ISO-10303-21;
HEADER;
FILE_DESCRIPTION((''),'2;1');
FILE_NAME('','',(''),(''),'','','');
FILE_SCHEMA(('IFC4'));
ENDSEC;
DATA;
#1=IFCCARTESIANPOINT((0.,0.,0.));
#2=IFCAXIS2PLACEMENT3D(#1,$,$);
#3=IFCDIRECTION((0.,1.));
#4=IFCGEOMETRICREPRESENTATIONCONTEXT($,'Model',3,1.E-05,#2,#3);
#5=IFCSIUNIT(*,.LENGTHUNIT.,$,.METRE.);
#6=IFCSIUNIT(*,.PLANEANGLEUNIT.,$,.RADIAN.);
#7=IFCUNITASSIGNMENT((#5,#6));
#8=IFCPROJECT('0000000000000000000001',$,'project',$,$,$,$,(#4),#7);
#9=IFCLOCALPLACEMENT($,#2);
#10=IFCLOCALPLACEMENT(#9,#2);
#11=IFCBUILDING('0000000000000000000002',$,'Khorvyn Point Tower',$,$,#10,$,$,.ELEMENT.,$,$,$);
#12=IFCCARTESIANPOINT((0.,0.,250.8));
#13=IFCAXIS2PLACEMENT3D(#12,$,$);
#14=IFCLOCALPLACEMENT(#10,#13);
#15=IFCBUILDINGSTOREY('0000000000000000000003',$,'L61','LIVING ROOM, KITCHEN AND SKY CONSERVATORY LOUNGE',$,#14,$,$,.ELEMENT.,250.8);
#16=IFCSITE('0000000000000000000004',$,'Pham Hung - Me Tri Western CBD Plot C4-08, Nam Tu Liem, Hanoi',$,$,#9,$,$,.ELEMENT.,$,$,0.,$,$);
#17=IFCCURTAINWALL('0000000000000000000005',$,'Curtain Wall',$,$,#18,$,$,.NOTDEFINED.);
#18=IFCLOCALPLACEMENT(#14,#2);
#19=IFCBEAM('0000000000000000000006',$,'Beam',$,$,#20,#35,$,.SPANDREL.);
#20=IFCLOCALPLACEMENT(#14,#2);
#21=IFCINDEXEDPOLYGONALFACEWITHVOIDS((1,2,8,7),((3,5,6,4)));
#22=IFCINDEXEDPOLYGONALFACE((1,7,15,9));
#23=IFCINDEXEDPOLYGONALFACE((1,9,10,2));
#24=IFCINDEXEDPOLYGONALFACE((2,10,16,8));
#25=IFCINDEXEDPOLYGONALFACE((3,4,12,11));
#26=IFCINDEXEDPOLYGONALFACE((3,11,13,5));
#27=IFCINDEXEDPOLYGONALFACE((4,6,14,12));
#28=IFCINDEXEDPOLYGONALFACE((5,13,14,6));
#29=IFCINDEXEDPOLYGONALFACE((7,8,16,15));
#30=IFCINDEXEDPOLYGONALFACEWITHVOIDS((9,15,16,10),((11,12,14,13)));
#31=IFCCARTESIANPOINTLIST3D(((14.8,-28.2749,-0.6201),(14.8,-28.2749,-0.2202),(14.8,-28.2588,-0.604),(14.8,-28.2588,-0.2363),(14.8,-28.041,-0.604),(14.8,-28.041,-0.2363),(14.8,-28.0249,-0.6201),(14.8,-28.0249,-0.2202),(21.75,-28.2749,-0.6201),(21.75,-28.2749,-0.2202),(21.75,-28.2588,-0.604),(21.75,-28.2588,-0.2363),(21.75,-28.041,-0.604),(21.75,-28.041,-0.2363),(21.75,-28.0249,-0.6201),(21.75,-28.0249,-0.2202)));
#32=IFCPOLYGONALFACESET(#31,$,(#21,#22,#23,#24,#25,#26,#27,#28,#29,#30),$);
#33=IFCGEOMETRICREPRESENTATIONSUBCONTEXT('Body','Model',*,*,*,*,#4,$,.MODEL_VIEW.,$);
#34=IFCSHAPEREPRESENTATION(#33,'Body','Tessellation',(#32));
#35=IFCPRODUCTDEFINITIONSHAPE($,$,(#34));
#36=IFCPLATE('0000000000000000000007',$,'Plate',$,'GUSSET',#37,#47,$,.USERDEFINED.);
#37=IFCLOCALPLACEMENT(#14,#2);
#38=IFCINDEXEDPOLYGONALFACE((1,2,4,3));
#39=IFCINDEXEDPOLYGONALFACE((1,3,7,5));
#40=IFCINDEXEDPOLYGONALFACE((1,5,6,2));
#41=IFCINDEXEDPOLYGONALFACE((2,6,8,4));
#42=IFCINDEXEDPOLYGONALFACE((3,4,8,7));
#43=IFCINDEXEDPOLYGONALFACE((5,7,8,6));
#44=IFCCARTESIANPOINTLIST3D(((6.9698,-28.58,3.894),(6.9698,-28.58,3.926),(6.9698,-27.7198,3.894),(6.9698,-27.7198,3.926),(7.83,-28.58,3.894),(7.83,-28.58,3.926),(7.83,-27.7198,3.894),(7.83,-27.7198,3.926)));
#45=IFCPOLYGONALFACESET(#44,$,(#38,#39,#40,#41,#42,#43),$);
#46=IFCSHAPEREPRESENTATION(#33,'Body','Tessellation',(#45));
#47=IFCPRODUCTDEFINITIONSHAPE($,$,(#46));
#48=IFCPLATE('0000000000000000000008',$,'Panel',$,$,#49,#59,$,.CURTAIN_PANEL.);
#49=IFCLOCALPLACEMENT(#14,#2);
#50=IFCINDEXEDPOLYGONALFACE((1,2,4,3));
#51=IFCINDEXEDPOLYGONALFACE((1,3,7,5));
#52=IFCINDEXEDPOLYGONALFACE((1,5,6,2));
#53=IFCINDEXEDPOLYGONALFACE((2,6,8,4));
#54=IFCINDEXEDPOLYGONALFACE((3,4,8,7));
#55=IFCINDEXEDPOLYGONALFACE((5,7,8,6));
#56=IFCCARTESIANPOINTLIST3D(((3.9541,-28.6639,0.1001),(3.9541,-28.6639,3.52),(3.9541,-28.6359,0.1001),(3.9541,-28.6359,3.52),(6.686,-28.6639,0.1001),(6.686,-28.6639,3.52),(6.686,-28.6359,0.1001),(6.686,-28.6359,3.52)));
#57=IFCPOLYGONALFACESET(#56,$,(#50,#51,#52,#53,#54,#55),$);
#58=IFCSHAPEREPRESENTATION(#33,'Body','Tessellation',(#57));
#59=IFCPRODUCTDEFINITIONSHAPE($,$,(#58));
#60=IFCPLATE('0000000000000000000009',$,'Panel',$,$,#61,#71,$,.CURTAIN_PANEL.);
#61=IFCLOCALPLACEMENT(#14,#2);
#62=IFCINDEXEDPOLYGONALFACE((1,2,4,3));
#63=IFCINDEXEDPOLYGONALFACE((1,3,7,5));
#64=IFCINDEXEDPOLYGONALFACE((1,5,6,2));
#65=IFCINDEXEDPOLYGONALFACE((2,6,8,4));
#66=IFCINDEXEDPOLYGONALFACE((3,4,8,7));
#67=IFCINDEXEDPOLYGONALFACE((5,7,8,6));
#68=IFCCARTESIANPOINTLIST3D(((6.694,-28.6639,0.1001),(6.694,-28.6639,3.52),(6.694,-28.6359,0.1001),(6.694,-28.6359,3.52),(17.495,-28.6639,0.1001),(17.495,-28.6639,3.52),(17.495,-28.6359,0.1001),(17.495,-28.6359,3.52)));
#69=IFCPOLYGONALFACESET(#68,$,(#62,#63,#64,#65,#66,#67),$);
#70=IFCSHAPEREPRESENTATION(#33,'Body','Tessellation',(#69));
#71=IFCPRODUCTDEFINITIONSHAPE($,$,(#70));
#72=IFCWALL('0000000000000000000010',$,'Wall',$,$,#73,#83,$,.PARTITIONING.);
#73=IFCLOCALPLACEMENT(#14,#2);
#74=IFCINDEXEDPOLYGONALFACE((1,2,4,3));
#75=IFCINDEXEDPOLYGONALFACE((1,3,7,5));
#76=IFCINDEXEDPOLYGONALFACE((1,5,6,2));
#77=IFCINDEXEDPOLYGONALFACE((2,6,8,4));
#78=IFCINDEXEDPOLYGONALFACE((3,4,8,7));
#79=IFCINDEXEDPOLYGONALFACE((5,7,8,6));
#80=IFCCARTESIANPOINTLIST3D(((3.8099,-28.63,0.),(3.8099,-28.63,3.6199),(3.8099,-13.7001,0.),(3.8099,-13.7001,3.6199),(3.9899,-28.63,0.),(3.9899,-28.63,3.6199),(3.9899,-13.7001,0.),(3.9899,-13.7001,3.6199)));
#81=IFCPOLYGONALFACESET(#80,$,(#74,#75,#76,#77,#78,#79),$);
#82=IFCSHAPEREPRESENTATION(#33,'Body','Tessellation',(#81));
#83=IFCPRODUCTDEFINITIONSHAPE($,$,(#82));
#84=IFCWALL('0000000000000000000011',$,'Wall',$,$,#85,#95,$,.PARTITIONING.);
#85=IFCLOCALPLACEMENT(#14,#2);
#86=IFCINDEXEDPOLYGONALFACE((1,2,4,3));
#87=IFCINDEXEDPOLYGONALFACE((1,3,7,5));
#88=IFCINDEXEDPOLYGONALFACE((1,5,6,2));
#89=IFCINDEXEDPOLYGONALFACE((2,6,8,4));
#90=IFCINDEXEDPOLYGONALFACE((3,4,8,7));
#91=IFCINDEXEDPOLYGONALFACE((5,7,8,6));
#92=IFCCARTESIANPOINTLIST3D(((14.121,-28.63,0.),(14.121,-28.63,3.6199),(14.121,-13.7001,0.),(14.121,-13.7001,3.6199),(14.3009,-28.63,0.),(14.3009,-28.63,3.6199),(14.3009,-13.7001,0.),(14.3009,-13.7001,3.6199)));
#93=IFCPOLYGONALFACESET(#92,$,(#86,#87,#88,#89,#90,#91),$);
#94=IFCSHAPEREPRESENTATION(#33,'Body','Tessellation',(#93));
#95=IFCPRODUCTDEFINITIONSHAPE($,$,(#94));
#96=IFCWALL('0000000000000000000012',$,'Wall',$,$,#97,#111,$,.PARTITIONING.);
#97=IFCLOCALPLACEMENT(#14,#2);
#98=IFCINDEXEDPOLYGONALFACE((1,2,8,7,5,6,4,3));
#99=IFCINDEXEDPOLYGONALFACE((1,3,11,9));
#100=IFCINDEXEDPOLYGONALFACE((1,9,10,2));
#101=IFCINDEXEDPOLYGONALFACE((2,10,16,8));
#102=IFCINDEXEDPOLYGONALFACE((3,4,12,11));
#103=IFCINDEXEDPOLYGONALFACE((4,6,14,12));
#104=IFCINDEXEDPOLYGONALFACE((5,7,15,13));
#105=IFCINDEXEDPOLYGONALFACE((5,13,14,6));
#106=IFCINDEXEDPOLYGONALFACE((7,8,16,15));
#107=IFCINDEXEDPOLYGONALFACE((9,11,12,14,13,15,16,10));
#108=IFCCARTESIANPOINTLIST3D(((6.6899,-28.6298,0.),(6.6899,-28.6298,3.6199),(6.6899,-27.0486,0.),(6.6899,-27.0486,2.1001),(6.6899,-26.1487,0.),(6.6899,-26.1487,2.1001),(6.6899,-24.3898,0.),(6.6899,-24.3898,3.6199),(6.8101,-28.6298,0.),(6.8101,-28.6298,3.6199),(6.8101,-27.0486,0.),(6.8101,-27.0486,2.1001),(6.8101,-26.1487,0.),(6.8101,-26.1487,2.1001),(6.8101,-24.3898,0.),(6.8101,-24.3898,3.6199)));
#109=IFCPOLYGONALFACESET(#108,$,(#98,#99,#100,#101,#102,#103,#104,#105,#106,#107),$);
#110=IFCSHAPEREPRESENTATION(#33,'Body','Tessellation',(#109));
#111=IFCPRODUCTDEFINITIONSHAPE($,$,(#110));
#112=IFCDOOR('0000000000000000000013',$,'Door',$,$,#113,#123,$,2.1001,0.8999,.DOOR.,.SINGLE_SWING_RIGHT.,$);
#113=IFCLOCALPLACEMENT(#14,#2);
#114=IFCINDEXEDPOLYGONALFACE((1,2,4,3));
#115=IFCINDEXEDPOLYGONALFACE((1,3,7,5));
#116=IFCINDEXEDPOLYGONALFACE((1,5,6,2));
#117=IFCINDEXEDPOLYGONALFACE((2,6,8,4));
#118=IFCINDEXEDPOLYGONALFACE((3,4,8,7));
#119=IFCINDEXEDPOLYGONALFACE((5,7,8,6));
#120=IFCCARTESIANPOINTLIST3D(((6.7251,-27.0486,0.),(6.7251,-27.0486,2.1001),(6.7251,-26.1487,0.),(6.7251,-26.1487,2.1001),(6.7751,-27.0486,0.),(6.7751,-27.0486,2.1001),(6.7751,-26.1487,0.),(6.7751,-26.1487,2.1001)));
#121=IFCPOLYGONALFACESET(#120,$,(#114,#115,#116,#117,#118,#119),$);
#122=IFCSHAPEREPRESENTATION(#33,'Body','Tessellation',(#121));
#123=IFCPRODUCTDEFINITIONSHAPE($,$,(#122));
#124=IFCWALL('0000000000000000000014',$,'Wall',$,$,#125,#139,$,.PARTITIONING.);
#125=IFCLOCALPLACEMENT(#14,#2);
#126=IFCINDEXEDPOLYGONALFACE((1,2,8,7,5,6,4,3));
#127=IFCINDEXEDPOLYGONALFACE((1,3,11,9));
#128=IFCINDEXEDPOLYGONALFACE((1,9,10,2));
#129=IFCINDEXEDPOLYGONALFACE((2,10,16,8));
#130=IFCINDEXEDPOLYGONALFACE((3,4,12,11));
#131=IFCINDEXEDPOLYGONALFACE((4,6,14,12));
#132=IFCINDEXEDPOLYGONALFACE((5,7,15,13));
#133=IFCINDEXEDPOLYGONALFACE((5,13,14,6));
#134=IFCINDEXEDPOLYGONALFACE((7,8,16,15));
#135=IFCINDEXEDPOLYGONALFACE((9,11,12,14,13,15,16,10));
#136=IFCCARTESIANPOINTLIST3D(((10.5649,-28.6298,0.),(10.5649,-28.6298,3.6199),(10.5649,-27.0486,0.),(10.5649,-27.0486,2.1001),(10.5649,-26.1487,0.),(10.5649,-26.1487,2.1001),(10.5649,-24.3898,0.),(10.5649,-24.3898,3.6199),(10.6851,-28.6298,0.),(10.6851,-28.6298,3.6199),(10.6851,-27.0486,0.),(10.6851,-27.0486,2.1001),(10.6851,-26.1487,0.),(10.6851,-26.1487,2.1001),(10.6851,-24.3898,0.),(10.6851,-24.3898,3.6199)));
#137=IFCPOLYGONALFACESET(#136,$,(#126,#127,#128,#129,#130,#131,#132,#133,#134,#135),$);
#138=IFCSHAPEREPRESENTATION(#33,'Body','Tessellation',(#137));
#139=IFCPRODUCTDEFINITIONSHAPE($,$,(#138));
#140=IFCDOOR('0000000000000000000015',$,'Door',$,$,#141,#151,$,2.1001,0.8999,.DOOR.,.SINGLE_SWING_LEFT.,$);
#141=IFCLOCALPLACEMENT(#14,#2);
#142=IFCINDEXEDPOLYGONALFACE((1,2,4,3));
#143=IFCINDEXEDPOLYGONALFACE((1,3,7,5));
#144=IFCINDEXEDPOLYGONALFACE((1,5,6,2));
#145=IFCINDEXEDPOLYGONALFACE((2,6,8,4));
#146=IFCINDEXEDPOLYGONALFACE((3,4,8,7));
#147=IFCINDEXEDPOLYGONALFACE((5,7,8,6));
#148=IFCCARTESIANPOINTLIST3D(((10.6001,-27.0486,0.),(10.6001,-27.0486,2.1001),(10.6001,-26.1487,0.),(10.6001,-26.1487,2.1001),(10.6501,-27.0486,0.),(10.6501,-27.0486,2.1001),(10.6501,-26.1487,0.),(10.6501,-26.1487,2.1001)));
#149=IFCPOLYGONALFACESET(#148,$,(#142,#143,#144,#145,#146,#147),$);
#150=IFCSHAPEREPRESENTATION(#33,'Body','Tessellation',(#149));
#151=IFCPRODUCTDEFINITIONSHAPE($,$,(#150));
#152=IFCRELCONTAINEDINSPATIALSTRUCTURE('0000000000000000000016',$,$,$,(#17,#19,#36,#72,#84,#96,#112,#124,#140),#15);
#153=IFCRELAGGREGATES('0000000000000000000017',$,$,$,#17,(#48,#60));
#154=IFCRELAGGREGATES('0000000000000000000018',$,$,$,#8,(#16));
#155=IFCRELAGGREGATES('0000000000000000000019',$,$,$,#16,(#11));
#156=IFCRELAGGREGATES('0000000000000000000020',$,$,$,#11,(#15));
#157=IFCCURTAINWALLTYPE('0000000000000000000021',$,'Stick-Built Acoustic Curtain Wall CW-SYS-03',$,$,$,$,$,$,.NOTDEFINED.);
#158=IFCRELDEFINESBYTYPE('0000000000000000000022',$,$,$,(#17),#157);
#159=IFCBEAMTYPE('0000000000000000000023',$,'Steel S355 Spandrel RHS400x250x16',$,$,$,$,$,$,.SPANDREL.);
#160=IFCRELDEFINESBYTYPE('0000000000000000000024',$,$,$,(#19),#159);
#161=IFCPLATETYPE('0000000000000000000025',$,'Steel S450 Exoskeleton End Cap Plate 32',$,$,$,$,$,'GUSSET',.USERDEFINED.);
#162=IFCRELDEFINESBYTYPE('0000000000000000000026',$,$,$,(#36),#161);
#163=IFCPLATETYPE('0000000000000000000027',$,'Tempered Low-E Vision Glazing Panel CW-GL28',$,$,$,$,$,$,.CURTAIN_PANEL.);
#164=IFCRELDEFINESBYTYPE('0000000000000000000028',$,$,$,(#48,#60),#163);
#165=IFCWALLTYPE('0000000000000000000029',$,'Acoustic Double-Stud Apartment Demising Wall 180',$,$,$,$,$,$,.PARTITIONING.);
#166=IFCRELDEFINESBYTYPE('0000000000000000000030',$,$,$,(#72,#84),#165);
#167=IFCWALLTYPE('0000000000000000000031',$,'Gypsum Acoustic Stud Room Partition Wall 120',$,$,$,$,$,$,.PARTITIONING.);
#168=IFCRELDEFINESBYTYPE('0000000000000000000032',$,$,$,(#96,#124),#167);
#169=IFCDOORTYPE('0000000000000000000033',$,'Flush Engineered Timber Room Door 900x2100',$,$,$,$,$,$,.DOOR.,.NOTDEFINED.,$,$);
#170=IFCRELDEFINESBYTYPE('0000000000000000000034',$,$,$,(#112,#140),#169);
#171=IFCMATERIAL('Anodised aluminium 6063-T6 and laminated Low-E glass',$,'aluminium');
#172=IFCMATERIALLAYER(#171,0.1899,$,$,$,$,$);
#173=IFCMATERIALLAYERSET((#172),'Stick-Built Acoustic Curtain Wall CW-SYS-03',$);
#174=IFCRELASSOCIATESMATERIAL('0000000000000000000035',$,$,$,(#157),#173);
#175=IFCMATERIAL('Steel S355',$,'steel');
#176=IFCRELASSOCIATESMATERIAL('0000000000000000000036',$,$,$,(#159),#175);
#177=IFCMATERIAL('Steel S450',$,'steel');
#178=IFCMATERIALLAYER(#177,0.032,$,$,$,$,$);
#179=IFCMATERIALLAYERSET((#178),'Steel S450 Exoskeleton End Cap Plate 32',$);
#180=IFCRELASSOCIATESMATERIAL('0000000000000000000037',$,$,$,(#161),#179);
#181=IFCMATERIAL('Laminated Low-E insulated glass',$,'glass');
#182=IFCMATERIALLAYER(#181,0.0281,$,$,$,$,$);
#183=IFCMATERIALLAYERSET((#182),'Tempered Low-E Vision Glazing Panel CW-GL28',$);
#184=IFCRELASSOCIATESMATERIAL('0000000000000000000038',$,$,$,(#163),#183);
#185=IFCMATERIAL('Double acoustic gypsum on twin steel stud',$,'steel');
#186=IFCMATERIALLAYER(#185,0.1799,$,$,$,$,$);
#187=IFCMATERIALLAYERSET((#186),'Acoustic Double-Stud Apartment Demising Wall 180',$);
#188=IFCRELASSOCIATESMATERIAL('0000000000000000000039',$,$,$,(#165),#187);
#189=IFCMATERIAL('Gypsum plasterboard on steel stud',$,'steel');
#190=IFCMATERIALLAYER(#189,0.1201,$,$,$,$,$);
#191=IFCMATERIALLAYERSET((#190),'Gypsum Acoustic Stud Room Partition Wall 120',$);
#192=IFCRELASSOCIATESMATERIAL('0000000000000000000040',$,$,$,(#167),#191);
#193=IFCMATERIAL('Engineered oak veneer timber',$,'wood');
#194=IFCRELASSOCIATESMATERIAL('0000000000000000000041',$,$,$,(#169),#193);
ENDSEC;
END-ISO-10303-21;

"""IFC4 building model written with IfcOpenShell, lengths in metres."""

from ifc_helpers import new_model, si_unit, direction, frame, frame_2d, origin, origin_2d, place, context, subcontext, project, spatial, rectangle, hollow_rectangle, extrude, material, layer, layer_set, material_profile, profile_set, type_object, element, fill, aggregate, save


model = new_model("IFC4")

# Units and contexts
model_context = context("Model", 3, precision=1e-05, world=origin(), true_north=direction((0.0, 1.0)))
body_context = subcontext(model_context, "Body", "Model", "MODEL_VIEW")
ifc_project = project(units=[si_unit("LENGTHUNIT", "METRE"), si_unit("PLANEANGLEUNIT", "RADIAN")], contexts=[model_context])

# Site, building, storey
site_placement = place(None, origin())
site = spatial("IfcSite", under=ifc_project, at=site_placement, Name="Pham Hung - Me Tri Western CBD Plot C4-08, Nam Tu Liem, Hanoi", CompositionType="ELEMENT", RefElevation=0.0)
building_placement = place(site_placement, origin())
building = spatial("IfcBuilding", under=site, at=building_placement, Name="Khorvyn Point Tower", CompositionType="ELEMENT")
storey_placement = place(building_placement, frame((0.0, 0.0, 250.8)))
storey = spatial("IfcBuildingStorey", under=building, at=storey_placement, Name="L61", Description="LIVING ROOM, KITCHEN AND SKY CONSERVATORY LOUNGE", CompositionType="ELEMENT", Elevation=250.8)

# Shared definitions
ifc_material_1 = material(Name="Steel S450", Category="steel")

# Curtain wall
ifc_material_2 = material(Name="Anodised aluminium 6063-T6 and laminated Low-E glass", Category="aluminium")
ifc_layer_1 = layer(ifc_material_2, 0.1899)
ifc_layer_set_1 = layer_set([ifc_layer_1], Name="Stick-Built Acoustic Curtain Wall CW-SYS-03")
curtain_wall_type = type_object("IfcCurtainWallType", Name="Stick-Built Acoustic Curtain Wall CW-SYS-03", PredefinedType="NOTDEFINED", material=ifc_layer_set_1)
curtain_wall_placement = place(storey_placement, origin())
curtain_wall = element("IfcCurtainWall", 1, at=curtain_wall_placement, inside=storey, type_object=curtain_wall_type, Name="Curtain Wall", PredefinedType="NOTDEFINED")

# Beam
ifc_material_3 = material(Name="Steel S355", Category="steel")
ifc_material_profile_1 = material_profile(ifc_material_3, hollow_rectangle(XDim=0.25, YDim=0.3999, WallThickness=0.0161, at=origin_2d()))
ifc_profile_set_1 = profile_set([ifc_material_profile_1], Name="Steel S355 RHS400x250x16")
beam_type_1 = type_object("IfcBeamType", Name="Steel S355 Spandrel RHS400x250x16", PredefinedType="SPANDREL", material=ifc_profile_set_1)
beam_1_placement = place(storey_placement, frame((14.8, -28.1499, -0.4202), z_axis=(1.0, 0.0, 0.0), x_axis=(0.0, 1.0, 0.0)))
element("IfcBeam", 2, at=beam_1_placement, inside=storey, type_object=beam_type_1, Name="Beam", PredefinedType="SPANDREL", context=body_context, shape_type="SweptSolid", body=[
    extrude(hollow_rectangle(XDim=0.25, YDim=0.3999, WallThickness=0.0161, at=origin_2d()), origin(), (0.0, 0.0, 1.0), 6.95),
])

# Plates
ifc_layer_2 = layer(ifc_material_1, 0.032)
ifc_layer_set_2 = layer_set([ifc_layer_2], Name="Steel S450 Exoskeleton End Cap Plate 32")
plate_type_1 = type_object("IfcPlateType", Name="Steel S450 Exoskeleton End Cap Plate 32", ElementType="GUSSET", PredefinedType="USERDEFINED", material=ifc_layer_set_2)
plate_1_placement = place(storey_placement, frame((7.3999, -28.1499, 3.894), z_axis=(0.0, 0.0, 1.0), x_axis=(1.0, 0.0, 0.0)))
element("IfcPlate", 3, at=plate_1_placement, inside=storey, type_object=plate_type_1, Name="Plate", ObjectType="GUSSET", PredefinedType="USERDEFINED", context=body_context, shape_type="SweptSolid", body=[
    extrude(rectangle(XDim=0.8601, YDim=0.8601, at=origin_2d()), origin(), (0.0, 0.0, 1.0), 0.032),
])
ifc_material_4 = material(Name="Laminated Low-E insulated glass", Category="glass")
ifc_layer_3 = layer(ifc_material_4, 0.0281)
ifc_layer_set_3 = layer_set([ifc_layer_3], Name="Tempered Low-E Vision Glazing Panel CW-GL28")
plate_type_2 = type_object("IfcPlateType", Name="Tempered Low-E Vision Glazing Panel CW-GL28", PredefinedType="CURTAIN_PANEL", material=ifc_layer_set_3)
plate_2_placement = place(storey_placement, frame((5.3201, -28.6499, 0.1001), z_axis=(0.0, 0.0, 1.0), x_axis=(-1.0, 0.0, 0.0)))
plate_2 = element("IfcPlate", 4, at=plate_2_placement, type_object=plate_type_2, Name="Panel", PredefinedType="CURTAIN_PANEL", context=body_context, shape_type="SweptSolid", body=[
    extrude(rectangle(XDim=2.7319, YDim=0.0281, at=origin_2d()), origin(), (0.0, 0.0, 1.0), 3.4199),
])
plate_3_placement = place(storey_placement, frame((12.0945, -28.6499, 0.1001), z_axis=(0.0, 0.0, 1.0), x_axis=(-1.0, 0.0, 0.0)))
plate_3 = element("IfcPlate", 5, at=plate_3_placement, type_object=plate_type_2, Name="Panel", PredefinedType="CURTAIN_PANEL", context=body_context, shape_type="SweptSolid", body=[
    extrude(rectangle(XDim=10.801, YDim=0.0281, at=origin_2d()), origin(), (0.0, 0.0, 1.0), 3.4199),
])
aggregate(curtain_wall, [plate_2, plate_3])

# Walls
ifc_material_5 = material(Name="Double acoustic gypsum on twin steel stud", Category="steel")
ifc_layer_4 = layer(ifc_material_5, 0.1799)
ifc_layer_set_4 = layer_set([ifc_layer_4], Name="Acoustic Double-Stud Apartment Demising Wall 180")
wall_type_1 = type_object("IfcWallType", Name="Acoustic Double-Stud Apartment Demising Wall 180", PredefinedType="PARTITIONING", material=ifc_layer_set_4)
for number, where, z_axis, x_axis, name in (
    (6, (3.8999, -28.6299, 0.0), (0.0, 0.0, 1.0), (0.0, 1.0, 0.0), "Wall"),
    (7, (14.2109, -28.6299, 0.0), (0.0, 0.0, 1.0), (0.0, 1.0, 0.0), "Wall"),
):
    element("IfcWall", number, at=place(storey_placement, frame(where, z_axis=z_axis, x_axis=x_axis)), inside=storey, type_object=wall_type_1, Name=name, PredefinedType="PARTITIONING", context=body_context, shape_type="SweptSolid", body=[
        extrude(rectangle(XDim=14.9299, YDim=0.1799, at=frame_2d((7.4648, 0.0))), origin(), (0.0, 0.0, 1.0), 3.6199),
    ])

# Walls, openings, doors
ifc_material_6 = material(Name="Gypsum plasterboard on steel stud", Category="steel")
ifc_layer_5 = layer(ifc_material_6, 0.1201)
ifc_layer_set_5 = layer_set([ifc_layer_5], Name="Gypsum Acoustic Stud Room Partition Wall 120")
wall_type_2 = type_object("IfcWallType", Name="Gypsum Acoustic Stud Room Partition Wall 120", PredefinedType="PARTITIONING", material=ifc_layer_set_5)
wall_1_placement = place(storey_placement, frame((6.75, -28.6299, 0.0), z_axis=(0.0, 0.0, 1.0), x_axis=(0.0, 1.0, 0.0)))
wall_1 = element("IfcWall", 8, at=wall_1_placement, inside=storey, type_object=wall_type_2, Name="Wall", PredefinedType="PARTITIONING", context=body_context, shape_type="SweptSolid", body=[
    extrude(rectangle(XDim=4.24, YDim=0.1201, at=frame_2d((2.1201, 0.0))), origin(), (0.0, 0.0, 1.0), 3.6199),
])
opening_1_placement = place(wall_1_placement, frame((1.5813, 0.0, 0.0)))
opening_1 = element("IfcOpeningElement", 9, at=opening_1_placement, cuts=wall_1, PredefinedType="OPENING", context=body_context, shape_type="SweptSolid", body=[
    extrude(rectangle(XDim=0.8999, YDim=2.1001, at=frame_2d((0.45, 1.05))), frame((0.0, 0.0701, 0.0), z_axis=(0.0, -1.0, 0.0), x_axis=(1.0, 0.0, 0.0)), (0.0, 0.0, 1.0), 0.1401),
])
ifc_material_7 = material(Name="Engineered oak veneer timber", Category="wood")
door_type_1 = type_object("IfcDoorType", Name="Flush Engineered Timber Room Door 900x2100", OperationType="NOTDEFINED", PredefinedType="DOOR", material=ifc_material_7)
door_1_placement = place(opening_1_placement, origin())
door_1 = element("IfcDoor", 10, at=door_1_placement, inside=storey, type_object=door_type_1, Name="Door", OperationType="SINGLE_SWING_RIGHT", OverallHeight=2.1001, OverallWidth=0.8999, PredefinedType="DOOR", context=body_context, shape_type="SweptSolid", body=[
    extrude(rectangle(XDim=0.8999, YDim=2.1001, at=frame_2d((0.45, 1.05))), frame((0.0, 0.0249, 0.0), z_axis=(0.0, -1.0, 0.0), x_axis=(1.0, 0.0, 0.0)), (0.0, 0.0, 1.0), 0.05),
])
fill(opening_1, door_1)
wall_2_placement = place(storey_placement, frame((10.625, -28.6299, 0.0), z_axis=(0.0, 0.0, 1.0), x_axis=(0.0, 1.0, 0.0)))
wall_2 = element("IfcWall", 11, at=wall_2_placement, inside=storey, type_object=wall_type_2, Name="Wall", PredefinedType="PARTITIONING", context=body_context, shape_type="SweptSolid", body=[
    extrude(rectangle(XDim=4.24, YDim=0.1201, at=frame_2d((2.1201, 0.0))), origin(), (0.0, 0.0, 1.0), 3.6199),
])
opening_2_placement = place(wall_2_placement, frame((1.5813, 0.0, 0.0)))
opening_2 = element("IfcOpeningElement", 12, at=opening_2_placement, cuts=wall_2, PredefinedType="OPENING", context=body_context, shape_type="SweptSolid", body=[
    extrude(rectangle(XDim=0.8999, YDim=2.1001, at=frame_2d((0.45, 1.05))), frame((0.0, 0.0701, 0.0), z_axis=(0.0, -1.0, 0.0), x_axis=(1.0, 0.0, 0.0)), (0.0, 0.0, 1.0), 0.1401),
])
door_2_placement = place(opening_2_placement, origin())
door_2 = element("IfcDoor", 13, at=door_2_placement, inside=storey, type_object=door_type_1, Name="Door", OperationType="SINGLE_SWING_LEFT", OverallHeight=2.1001, OverallWidth=0.8999, PredefinedType="DOOR", context=body_context, shape_type="SweptSolid", body=[
    extrude(rectangle(XDim=0.8999, YDim=2.1001, at=frame_2d((0.45, 1.05))), frame((0.0, 0.0249, 0.0), z_axis=(0.0, -1.0, 0.0), x_axis=(1.0, 0.0, 0.0)), (0.0, 0.0, 1.0), 0.05),
])
fill(opening_2, door_2)

save(model, "model.ifc")
